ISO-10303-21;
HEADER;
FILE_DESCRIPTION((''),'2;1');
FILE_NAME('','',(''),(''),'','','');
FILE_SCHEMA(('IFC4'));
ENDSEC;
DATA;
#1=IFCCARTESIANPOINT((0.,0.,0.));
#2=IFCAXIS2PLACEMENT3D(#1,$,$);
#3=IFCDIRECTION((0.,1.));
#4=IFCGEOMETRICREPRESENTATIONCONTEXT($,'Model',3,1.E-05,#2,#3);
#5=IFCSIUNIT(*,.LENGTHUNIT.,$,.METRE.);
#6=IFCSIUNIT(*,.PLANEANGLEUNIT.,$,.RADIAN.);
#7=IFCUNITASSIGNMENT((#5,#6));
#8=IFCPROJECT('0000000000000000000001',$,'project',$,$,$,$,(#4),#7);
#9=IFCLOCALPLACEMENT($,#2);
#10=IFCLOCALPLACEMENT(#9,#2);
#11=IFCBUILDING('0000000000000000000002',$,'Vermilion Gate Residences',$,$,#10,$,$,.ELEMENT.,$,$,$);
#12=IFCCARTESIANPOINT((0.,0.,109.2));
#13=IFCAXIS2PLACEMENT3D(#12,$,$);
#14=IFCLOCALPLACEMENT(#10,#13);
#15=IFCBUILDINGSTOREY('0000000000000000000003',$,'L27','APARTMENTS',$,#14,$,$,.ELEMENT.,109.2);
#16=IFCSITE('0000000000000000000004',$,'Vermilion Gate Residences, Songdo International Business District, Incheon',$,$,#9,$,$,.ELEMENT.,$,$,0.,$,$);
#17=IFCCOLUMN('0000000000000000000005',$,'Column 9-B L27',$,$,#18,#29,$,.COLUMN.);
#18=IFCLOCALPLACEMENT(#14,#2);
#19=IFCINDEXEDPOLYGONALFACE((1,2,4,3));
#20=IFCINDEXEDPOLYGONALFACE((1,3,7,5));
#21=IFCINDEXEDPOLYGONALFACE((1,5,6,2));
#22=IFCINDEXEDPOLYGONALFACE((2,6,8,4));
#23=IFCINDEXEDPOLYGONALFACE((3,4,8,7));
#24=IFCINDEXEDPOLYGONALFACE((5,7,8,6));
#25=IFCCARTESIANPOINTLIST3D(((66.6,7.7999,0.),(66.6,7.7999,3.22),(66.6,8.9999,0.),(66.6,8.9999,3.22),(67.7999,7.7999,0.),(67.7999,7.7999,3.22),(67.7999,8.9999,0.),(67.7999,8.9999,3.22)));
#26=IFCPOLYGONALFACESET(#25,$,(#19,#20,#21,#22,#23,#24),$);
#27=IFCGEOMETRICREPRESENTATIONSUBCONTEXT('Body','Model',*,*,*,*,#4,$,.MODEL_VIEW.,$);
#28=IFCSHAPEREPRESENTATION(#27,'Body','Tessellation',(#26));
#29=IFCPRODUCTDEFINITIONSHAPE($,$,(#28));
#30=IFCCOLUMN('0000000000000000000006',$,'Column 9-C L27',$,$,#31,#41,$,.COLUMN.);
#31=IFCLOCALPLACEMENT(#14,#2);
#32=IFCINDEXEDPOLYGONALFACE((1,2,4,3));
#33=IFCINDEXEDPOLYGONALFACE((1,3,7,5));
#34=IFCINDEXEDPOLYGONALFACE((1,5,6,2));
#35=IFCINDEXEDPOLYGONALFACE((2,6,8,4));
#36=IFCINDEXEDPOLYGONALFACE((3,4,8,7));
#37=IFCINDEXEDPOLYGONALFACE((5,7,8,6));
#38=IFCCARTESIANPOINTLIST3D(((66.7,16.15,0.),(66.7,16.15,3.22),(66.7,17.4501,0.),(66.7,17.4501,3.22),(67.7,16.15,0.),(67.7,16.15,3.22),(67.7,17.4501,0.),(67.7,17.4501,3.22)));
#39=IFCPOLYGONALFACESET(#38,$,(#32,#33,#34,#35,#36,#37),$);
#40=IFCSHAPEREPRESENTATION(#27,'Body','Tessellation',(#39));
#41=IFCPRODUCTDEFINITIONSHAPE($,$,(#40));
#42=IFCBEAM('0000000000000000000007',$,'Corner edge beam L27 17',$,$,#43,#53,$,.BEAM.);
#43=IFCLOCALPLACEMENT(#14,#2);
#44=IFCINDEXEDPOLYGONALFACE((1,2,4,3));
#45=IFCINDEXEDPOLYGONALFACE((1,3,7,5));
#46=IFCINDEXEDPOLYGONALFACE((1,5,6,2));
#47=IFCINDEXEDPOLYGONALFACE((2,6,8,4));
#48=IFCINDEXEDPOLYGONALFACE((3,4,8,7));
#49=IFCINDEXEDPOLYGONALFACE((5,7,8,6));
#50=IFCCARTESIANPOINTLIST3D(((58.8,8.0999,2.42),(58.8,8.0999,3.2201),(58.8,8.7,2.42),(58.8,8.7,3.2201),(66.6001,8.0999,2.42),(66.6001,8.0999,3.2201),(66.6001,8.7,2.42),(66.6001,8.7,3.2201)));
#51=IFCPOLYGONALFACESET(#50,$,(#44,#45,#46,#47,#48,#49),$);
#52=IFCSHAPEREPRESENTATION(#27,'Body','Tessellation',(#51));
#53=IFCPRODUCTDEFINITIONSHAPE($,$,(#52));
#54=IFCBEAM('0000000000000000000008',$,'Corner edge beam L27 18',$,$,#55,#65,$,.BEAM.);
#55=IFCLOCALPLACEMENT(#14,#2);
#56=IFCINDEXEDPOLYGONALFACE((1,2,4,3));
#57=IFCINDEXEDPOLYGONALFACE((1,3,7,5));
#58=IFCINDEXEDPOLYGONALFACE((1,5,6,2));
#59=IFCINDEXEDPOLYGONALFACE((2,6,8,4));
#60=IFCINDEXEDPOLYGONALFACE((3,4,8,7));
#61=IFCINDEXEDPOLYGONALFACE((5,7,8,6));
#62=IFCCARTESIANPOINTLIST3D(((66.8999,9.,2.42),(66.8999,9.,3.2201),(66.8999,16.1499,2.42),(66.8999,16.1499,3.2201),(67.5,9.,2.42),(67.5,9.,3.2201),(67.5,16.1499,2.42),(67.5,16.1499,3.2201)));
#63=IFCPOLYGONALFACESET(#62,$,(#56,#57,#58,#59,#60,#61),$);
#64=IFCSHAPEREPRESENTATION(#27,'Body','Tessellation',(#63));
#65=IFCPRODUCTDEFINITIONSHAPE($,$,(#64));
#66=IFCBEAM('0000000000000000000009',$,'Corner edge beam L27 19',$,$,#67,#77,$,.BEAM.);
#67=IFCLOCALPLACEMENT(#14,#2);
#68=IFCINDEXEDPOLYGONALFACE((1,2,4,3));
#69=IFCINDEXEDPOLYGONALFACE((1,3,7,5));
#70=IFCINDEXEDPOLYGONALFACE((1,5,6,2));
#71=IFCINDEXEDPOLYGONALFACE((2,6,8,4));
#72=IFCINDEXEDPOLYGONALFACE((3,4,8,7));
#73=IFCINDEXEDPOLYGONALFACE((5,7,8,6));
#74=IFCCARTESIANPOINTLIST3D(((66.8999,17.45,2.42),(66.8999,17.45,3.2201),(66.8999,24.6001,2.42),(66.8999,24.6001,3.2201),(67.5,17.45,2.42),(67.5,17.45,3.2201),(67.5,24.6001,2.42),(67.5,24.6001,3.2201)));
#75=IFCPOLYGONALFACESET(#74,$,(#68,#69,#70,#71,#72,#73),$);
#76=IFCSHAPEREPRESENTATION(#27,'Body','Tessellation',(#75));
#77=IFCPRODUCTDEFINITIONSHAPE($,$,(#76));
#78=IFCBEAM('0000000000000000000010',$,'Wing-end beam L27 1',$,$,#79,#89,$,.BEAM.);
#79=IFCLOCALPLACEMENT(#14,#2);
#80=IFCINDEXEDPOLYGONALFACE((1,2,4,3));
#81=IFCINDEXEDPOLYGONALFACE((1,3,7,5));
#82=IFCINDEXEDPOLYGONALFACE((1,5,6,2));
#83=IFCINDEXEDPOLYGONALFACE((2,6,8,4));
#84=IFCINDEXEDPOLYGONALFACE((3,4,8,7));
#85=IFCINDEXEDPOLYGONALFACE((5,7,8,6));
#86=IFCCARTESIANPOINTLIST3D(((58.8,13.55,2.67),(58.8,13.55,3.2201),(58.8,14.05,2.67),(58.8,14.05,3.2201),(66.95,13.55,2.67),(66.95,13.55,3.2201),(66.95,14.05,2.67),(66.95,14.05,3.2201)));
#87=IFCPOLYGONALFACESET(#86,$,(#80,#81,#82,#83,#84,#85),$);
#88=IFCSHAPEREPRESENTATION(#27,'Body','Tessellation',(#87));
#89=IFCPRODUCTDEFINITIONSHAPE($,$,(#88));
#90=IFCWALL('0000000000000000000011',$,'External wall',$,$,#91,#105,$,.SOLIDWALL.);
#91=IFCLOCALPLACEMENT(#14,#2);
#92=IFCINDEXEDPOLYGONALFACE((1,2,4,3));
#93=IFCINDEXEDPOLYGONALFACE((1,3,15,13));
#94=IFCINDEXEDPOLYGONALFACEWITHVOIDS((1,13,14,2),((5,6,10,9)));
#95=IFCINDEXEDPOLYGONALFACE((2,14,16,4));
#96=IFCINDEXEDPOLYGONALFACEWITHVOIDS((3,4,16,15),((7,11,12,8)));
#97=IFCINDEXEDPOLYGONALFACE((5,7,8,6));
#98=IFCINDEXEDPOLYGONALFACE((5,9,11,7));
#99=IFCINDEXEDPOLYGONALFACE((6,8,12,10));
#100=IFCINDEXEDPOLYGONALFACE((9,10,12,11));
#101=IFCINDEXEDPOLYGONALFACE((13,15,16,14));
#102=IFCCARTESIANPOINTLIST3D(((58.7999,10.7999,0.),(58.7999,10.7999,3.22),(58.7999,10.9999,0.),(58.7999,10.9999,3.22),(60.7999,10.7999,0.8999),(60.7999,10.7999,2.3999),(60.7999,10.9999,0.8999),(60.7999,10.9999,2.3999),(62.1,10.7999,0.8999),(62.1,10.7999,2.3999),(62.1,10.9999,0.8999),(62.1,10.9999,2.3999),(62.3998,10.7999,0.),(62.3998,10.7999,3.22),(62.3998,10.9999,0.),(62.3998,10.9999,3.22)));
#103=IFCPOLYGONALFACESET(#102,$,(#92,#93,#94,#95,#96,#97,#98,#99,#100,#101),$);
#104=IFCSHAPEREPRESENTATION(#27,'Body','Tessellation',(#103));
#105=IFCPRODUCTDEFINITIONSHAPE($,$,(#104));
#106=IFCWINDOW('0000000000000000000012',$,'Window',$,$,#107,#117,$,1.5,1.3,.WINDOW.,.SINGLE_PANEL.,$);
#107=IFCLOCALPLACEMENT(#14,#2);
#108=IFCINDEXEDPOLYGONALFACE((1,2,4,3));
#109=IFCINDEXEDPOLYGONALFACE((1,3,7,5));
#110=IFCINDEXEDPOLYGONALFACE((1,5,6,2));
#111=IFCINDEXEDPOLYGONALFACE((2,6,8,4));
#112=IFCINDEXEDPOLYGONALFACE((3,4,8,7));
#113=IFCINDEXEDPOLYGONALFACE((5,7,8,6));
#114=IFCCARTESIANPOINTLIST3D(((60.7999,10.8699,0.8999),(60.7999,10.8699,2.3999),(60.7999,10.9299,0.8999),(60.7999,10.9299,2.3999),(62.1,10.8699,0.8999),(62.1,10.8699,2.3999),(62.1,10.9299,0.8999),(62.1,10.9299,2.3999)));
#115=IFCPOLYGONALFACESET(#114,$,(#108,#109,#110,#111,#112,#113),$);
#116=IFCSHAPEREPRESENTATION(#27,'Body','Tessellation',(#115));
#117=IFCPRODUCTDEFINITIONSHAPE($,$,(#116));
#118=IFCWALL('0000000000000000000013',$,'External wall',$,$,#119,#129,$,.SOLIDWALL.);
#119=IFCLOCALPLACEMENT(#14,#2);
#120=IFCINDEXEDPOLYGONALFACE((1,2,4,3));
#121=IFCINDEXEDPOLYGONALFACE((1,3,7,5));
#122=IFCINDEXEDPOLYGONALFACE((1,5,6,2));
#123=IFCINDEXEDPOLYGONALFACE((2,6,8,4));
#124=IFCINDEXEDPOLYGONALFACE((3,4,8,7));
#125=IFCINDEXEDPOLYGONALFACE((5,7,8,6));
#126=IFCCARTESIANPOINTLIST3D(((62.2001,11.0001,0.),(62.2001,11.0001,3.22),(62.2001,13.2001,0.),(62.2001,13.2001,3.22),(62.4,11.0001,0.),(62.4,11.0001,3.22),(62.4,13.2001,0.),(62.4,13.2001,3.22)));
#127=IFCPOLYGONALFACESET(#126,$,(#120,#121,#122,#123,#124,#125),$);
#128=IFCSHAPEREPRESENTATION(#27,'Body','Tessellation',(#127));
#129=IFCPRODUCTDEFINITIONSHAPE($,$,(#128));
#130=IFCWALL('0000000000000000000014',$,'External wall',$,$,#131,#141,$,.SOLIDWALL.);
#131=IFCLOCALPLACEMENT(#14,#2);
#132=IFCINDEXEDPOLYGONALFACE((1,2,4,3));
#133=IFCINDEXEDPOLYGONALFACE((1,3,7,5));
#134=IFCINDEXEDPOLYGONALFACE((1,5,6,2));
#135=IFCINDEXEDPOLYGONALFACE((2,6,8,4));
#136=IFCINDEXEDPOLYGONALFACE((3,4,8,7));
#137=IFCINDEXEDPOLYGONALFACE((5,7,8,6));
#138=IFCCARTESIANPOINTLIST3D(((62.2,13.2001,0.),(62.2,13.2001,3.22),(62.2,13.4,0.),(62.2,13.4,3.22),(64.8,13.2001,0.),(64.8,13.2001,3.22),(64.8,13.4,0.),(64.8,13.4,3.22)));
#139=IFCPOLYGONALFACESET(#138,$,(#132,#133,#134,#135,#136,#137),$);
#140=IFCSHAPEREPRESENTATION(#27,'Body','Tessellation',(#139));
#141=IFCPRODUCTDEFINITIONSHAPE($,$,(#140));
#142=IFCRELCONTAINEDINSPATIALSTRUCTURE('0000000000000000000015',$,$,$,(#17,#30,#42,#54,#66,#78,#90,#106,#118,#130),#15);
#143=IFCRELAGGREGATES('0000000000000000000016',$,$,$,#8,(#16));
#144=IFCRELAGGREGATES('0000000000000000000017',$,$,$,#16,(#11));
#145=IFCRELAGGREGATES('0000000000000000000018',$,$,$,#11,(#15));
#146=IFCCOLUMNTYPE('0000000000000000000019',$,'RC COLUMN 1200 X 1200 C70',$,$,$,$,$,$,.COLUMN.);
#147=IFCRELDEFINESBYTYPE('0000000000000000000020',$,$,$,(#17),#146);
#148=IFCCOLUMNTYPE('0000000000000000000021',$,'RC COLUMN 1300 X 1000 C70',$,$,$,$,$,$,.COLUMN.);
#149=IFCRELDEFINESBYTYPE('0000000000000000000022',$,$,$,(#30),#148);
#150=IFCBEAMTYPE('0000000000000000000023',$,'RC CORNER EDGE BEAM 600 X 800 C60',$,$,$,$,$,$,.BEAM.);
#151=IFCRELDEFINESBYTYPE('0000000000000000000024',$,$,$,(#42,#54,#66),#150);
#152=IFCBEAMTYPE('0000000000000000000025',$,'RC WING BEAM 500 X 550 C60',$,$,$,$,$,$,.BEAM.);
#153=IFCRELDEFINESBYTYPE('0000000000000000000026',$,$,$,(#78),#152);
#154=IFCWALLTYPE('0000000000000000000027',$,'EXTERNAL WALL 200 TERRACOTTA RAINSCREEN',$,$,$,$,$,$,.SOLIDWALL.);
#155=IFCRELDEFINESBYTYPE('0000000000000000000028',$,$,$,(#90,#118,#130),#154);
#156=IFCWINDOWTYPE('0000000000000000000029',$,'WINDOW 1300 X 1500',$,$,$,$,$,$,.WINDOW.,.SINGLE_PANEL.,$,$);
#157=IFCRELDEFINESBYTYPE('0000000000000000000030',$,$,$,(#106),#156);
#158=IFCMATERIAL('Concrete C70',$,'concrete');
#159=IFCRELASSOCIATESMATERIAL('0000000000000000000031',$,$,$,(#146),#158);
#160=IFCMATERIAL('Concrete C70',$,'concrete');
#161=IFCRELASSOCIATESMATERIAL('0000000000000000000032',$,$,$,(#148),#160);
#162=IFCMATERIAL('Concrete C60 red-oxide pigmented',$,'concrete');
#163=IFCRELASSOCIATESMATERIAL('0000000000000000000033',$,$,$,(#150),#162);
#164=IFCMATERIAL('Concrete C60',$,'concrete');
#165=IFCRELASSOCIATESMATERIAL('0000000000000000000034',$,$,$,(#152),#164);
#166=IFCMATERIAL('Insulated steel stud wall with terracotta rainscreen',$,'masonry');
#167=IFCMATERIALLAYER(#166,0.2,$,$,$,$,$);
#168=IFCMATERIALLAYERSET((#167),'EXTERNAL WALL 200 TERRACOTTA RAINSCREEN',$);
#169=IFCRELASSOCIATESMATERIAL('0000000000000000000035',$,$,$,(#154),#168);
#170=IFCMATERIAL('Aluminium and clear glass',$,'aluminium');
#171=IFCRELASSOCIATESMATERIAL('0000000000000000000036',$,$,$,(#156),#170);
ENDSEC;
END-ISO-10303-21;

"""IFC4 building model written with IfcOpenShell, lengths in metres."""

from ifc_helpers import new_model, si_unit, direction, frame, frame_2d, origin, origin_2d, place, context, subcontext, project, spatial, rectangle, extrude, material, layer, layer_set, material_profile, profile_set, type_object, element, fill, save


model = new_model("IFC4")

# Units and contexts
model_context = context("Model", 3, precision=1e-05, world=origin(), true_north=direction((0.0, 1.0)))
body_context = subcontext(model_context, "Body", "Model", "MODEL_VIEW")
ifc_project = project(units=[si_unit("LENGTHUNIT", "METRE"), si_unit("PLANEANGLEUNIT", "RADIAN")], contexts=[model_context])

# Site, building, storey
site_placement = place(None, origin())
site = spatial("IfcSite", under=ifc_project, at=site_placement, Name="Vermilion Gate Residences, Songdo International Business District, Incheon", CompositionType="ELEMENT", RefElevation=0.0)
building_placement = place(site_placement, origin())
building = spatial("IfcBuilding", under=site, at=building_placement, Name="Vermilion Gate Residences", CompositionType="ELEMENT")
storey_placement = place(building_placement, frame((0.0, 0.0, 109.2)))
storey = spatial("IfcBuildingStorey", under=building, at=storey_placement, Name="L27", Description="APARTMENTS", CompositionType="ELEMENT", Elevation=109.2)

# Columns
ifc_material_1 = material(Name="Concrete C70", Category="concrete")
ifc_material_profile_1 = material_profile(ifc_material_1, rectangle(XDim=1.2, YDim=1.2, at=origin_2d()), Name="RC-1200x1200")
ifc_profile_set_1 = profile_set([ifc_material_profile_1], Name="Concrete C70")
column_type_1 = type_object("IfcColumnType", Name="RC COLUMN 1200 X 1200 C70", PredefinedType="COLUMN", material=ifc_profile_set_1)
column_1_placement = place(storey_placement, frame((67.2, 8.3999, 0.0), z_axis=(0.0, 0.0, 1.0), x_axis=(1.0, 0.0, 0.0)))
element("IfcColumn", 1, at=column_1_placement, inside=storey, type_object=column_type_1, Name="Column 9-B L27", PredefinedType="COLUMN", context=body_context, shape_type="SweptSolid", body=[
    extrude(rectangle(XDim=1.2, YDim=1.2, at=origin_2d()), origin(), (0.0, 0.0, 1.0), 3.22),
])
ifc_material_2 = material(Name="Concrete C70", Category="concrete")
ifc_material_profile_2 = material_profile(ifc_material_2, rectangle(XDim=1.3, YDim=1.0, at=origin_2d()), Name="RC-1300x1000")
ifc_profile_set_2 = profile_set([ifc_material_profile_2], Name="Concrete C70")
column_type_2 = type_object("IfcColumnType", Name="RC COLUMN 1300 X 1000 C70", PredefinedType="COLUMN", material=ifc_profile_set_2)
column_2_placement = place(storey_placement, frame((67.2, 16.8, 0.0), z_axis=(0.0, 0.0, 1.0), x_axis=(0.0, 1.0, 0.0)))
element("IfcColumn", 2, at=column_2_placement, inside=storey, type_object=column_type_2, Name="Column 9-C L27", PredefinedType="COLUMN", context=body_context, shape_type="SweptSolid", body=[
    extrude(rectangle(XDim=1.3, YDim=1.0, at=origin_2d()), origin(), (0.0, 0.0, 1.0), 3.22),
])

# Beams
ifc_material_3 = material(Name="Concrete C60 red-oxide pigmented", Category="concrete")
ifc_material_profile_3 = material_profile(ifc_material_3, rectangle(XDim=0.6001, YDim=0.8, at=origin_2d()), Name="RC-600x800")
ifc_profile_set_3 = profile_set([ifc_material_profile_3], Name="Concrete C60 red-oxide pigmented")
beam_type_1 = type_object("IfcBeamType", Name="RC CORNER EDGE BEAM 600 X 800 C60", PredefinedType="BEAM", material=ifc_profile_set_3)
beam_1_placement = place(storey_placement, frame((58.8, 8.3999, 2.8201), z_axis=(1.0, 0.0, 0.0), x_axis=(0.0, 1.0, 0.0)))
element("IfcBeam", 3, at=beam_1_placement, inside=storey, type_object=beam_type_1, Name="Corner edge beam L27 17", PredefinedType="BEAM", context=body_context, shape_type="SweptSolid", body=[
    extrude(rectangle(XDim=0.6001, YDim=0.8, at=origin_2d()), origin(), (0.0, 0.0, 1.0), 7.8),
])
beam_2_placement = place(storey_placement, frame((67.2, 9.0, 2.8201), z_axis=(0.0, 1.0, 0.0), x_axis=(-1.0, 0.0, 0.0)))
element("IfcBeam", 4, at=beam_2_placement, inside=storey, type_object=beam_type_1, Name="Corner edge beam L27 18", PredefinedType="BEAM", context=body_context, shape_type="SweptSolid", body=[
    extrude(rectangle(XDim=0.6001, YDim=0.8, at=origin_2d()), origin(), (0.0, 0.0, 1.0), 7.1499),
])
beam_3_placement = place(storey_placement, frame((67.2, 17.45, 2.8201), z_axis=(0.0, 1.0, 0.0), x_axis=(-1.0, 0.0, 0.0)))
element("IfcBeam", 5, at=beam_3_placement, inside=storey, type_object=beam_type_1, Name="Corner edge beam L27 19", PredefinedType="BEAM", context=body_context, shape_type="SweptSolid", body=[
    extrude(rectangle(XDim=0.6001, YDim=0.8, at=origin_2d()), origin(), (0.0, 0.0, 1.0), 7.1501),
])
ifc_material_4 = material(Name="Concrete C60", Category="concrete")
ifc_material_profile_4 = material_profile(ifc_material_4, rectangle(XDim=0.5, YDim=0.55, at=origin_2d()), Name="RC-500x550")
ifc_profile_set_4 = profile_set([ifc_material_profile_4], Name="Concrete C60")
beam_type_2 = type_object("IfcBeamType", Name="RC WING BEAM 500 X 550 C60", PredefinedType="BEAM", material=ifc_profile_set_4)
beam_4_placement = place(storey_placement, frame((58.8, 13.8, 2.9451), z_axis=(1.0, 0.0, 0.0), x_axis=(0.0, 1.0, 0.0)))
element("IfcBeam", 6, at=beam_4_placement, inside=storey, type_object=beam_type_2, Name="Wing-end beam L27 1", PredefinedType="BEAM", context=body_context, shape_type="SweptSolid", body=[
    extrude(rectangle(XDim=0.5, YDim=0.55, at=origin_2d()), origin(), (0.0, 0.0, 1.0), 8.1499),
])

# Wall, opening, window
ifc_material_5 = material(Name="Insulated steel stud wall with terracotta rainscreen", Category="masonry")
ifc_layer_1 = layer(ifc_material_5, 0.2)
ifc_layer_set_1 = layer_set([ifc_layer_1], Name="EXTERNAL WALL 200 TERRACOTTA RAINSCREEN")
wall_type_1 = type_object("IfcWallType", Name="EXTERNAL WALL 200 TERRACOTTA RAINSCREEN", PredefinedType="SOLIDWALL", material=ifc_layer_set_1)
wall_1_placement = place(storey_placement, frame((58.8, 10.8999, 0.0), z_axis=(0.0, 0.0, 1.0), x_axis=(1.0, 0.0, 0.0)))
wall_1 = element("IfcWall", 7, at=wall_1_placement, inside=storey, type_object=wall_type_1, Name="External wall", PredefinedType="SOLIDWALL", context=body_context, shape_type="SweptSolid", body=[
    extrude(rectangle(XDim=3.5999, YDim=0.2, at=frame_2d((1.7998, 0.0))), origin(), (0.0, 0.0, 1.0), 3.22),
])
opening_1_placement = place(wall_1_placement, frame((2.0, 0.0, 0.8999)))
opening_1 = element("IfcOpeningElement", 8, at=opening_1_placement, cuts=wall_1, PredefinedType="OPENING", context=body_context, shape_type="SweptSolid", body=[
    extrude(rectangle(XDim=1.3, YDim=1.5, at=frame_2d((0.6499, 0.75))), frame((0.0, 0.1099, 0.0), z_axis=(0.0, -1.0, 0.0), x_axis=(1.0, 0.0, 0.0)), (0.0, 0.0, 1.0), 0.22),
])
ifc_material_6 = material(Name="Aluminium and clear glass", Category="aluminium")
window_type_1 = type_object("IfcWindowType", Name="WINDOW 1300 X 1500", PartitioningType="SINGLE_PANEL", PredefinedType="WINDOW", material=ifc_material_6)
window_1_placement = place(opening_1_placement, origin())
window_1 = element("IfcWindow", 9, at=window_1_placement, inside=storey, type_object=window_type_1, Name="Window", OverallHeight=1.5, OverallWidth=1.3, PartitioningType="SINGLE_PANEL", PredefinedType="WINDOW", context=body_context, shape_type="SweptSolid", body=[
    extrude(rectangle(XDim=1.3, YDim=1.5, at=frame_2d((0.6499, 0.75))), frame((0.0, 0.03, 0.0), z_axis=(0.0, -1.0, 0.0), x_axis=(1.0, 0.0, 0.0)), (0.0, 0.0, 1.0), 0.0601),
])
fill(opening_1, window_1)

# Walls
wall_2_placement = place(storey_placement, frame((62.3, 11.0, 0.0), z_axis=(0.0, 0.0, 1.0), x_axis=(0.0, 1.0, 0.0)))
element("IfcWall", 10, at=wall_2_placement, inside=storey, type_object=wall_type_1, Name="External wall", PredefinedType="SOLIDWALL", context=body_context, shape_type="SweptSolid", body=[
    extrude(rectangle(XDim=2.2, YDim=0.2, at=frame_2d((1.1001, 0.0))), origin(), (0.0, 0.0, 1.0), 3.22),
])
wall_3_placement = place(storey_placement, frame((62.2, 13.3, 0.0), z_axis=(0.0, 0.0, 1.0), x_axis=(1.0, 0.0, 0.0)))
element("IfcWall", 11, at=wall_3_placement, inside=storey, type_object=wall_type_1, Name="External wall", PredefinedType="SOLIDWALL", context=body_context, shape_type="SweptSolid", body=[
    extrude(rectangle(XDim=2.6001, YDim=0.2, at=frame_2d((1.3, 0.0))), origin(), (0.0, 0.0, 1.0), 3.22),
])

save(model, "model.ifc")
